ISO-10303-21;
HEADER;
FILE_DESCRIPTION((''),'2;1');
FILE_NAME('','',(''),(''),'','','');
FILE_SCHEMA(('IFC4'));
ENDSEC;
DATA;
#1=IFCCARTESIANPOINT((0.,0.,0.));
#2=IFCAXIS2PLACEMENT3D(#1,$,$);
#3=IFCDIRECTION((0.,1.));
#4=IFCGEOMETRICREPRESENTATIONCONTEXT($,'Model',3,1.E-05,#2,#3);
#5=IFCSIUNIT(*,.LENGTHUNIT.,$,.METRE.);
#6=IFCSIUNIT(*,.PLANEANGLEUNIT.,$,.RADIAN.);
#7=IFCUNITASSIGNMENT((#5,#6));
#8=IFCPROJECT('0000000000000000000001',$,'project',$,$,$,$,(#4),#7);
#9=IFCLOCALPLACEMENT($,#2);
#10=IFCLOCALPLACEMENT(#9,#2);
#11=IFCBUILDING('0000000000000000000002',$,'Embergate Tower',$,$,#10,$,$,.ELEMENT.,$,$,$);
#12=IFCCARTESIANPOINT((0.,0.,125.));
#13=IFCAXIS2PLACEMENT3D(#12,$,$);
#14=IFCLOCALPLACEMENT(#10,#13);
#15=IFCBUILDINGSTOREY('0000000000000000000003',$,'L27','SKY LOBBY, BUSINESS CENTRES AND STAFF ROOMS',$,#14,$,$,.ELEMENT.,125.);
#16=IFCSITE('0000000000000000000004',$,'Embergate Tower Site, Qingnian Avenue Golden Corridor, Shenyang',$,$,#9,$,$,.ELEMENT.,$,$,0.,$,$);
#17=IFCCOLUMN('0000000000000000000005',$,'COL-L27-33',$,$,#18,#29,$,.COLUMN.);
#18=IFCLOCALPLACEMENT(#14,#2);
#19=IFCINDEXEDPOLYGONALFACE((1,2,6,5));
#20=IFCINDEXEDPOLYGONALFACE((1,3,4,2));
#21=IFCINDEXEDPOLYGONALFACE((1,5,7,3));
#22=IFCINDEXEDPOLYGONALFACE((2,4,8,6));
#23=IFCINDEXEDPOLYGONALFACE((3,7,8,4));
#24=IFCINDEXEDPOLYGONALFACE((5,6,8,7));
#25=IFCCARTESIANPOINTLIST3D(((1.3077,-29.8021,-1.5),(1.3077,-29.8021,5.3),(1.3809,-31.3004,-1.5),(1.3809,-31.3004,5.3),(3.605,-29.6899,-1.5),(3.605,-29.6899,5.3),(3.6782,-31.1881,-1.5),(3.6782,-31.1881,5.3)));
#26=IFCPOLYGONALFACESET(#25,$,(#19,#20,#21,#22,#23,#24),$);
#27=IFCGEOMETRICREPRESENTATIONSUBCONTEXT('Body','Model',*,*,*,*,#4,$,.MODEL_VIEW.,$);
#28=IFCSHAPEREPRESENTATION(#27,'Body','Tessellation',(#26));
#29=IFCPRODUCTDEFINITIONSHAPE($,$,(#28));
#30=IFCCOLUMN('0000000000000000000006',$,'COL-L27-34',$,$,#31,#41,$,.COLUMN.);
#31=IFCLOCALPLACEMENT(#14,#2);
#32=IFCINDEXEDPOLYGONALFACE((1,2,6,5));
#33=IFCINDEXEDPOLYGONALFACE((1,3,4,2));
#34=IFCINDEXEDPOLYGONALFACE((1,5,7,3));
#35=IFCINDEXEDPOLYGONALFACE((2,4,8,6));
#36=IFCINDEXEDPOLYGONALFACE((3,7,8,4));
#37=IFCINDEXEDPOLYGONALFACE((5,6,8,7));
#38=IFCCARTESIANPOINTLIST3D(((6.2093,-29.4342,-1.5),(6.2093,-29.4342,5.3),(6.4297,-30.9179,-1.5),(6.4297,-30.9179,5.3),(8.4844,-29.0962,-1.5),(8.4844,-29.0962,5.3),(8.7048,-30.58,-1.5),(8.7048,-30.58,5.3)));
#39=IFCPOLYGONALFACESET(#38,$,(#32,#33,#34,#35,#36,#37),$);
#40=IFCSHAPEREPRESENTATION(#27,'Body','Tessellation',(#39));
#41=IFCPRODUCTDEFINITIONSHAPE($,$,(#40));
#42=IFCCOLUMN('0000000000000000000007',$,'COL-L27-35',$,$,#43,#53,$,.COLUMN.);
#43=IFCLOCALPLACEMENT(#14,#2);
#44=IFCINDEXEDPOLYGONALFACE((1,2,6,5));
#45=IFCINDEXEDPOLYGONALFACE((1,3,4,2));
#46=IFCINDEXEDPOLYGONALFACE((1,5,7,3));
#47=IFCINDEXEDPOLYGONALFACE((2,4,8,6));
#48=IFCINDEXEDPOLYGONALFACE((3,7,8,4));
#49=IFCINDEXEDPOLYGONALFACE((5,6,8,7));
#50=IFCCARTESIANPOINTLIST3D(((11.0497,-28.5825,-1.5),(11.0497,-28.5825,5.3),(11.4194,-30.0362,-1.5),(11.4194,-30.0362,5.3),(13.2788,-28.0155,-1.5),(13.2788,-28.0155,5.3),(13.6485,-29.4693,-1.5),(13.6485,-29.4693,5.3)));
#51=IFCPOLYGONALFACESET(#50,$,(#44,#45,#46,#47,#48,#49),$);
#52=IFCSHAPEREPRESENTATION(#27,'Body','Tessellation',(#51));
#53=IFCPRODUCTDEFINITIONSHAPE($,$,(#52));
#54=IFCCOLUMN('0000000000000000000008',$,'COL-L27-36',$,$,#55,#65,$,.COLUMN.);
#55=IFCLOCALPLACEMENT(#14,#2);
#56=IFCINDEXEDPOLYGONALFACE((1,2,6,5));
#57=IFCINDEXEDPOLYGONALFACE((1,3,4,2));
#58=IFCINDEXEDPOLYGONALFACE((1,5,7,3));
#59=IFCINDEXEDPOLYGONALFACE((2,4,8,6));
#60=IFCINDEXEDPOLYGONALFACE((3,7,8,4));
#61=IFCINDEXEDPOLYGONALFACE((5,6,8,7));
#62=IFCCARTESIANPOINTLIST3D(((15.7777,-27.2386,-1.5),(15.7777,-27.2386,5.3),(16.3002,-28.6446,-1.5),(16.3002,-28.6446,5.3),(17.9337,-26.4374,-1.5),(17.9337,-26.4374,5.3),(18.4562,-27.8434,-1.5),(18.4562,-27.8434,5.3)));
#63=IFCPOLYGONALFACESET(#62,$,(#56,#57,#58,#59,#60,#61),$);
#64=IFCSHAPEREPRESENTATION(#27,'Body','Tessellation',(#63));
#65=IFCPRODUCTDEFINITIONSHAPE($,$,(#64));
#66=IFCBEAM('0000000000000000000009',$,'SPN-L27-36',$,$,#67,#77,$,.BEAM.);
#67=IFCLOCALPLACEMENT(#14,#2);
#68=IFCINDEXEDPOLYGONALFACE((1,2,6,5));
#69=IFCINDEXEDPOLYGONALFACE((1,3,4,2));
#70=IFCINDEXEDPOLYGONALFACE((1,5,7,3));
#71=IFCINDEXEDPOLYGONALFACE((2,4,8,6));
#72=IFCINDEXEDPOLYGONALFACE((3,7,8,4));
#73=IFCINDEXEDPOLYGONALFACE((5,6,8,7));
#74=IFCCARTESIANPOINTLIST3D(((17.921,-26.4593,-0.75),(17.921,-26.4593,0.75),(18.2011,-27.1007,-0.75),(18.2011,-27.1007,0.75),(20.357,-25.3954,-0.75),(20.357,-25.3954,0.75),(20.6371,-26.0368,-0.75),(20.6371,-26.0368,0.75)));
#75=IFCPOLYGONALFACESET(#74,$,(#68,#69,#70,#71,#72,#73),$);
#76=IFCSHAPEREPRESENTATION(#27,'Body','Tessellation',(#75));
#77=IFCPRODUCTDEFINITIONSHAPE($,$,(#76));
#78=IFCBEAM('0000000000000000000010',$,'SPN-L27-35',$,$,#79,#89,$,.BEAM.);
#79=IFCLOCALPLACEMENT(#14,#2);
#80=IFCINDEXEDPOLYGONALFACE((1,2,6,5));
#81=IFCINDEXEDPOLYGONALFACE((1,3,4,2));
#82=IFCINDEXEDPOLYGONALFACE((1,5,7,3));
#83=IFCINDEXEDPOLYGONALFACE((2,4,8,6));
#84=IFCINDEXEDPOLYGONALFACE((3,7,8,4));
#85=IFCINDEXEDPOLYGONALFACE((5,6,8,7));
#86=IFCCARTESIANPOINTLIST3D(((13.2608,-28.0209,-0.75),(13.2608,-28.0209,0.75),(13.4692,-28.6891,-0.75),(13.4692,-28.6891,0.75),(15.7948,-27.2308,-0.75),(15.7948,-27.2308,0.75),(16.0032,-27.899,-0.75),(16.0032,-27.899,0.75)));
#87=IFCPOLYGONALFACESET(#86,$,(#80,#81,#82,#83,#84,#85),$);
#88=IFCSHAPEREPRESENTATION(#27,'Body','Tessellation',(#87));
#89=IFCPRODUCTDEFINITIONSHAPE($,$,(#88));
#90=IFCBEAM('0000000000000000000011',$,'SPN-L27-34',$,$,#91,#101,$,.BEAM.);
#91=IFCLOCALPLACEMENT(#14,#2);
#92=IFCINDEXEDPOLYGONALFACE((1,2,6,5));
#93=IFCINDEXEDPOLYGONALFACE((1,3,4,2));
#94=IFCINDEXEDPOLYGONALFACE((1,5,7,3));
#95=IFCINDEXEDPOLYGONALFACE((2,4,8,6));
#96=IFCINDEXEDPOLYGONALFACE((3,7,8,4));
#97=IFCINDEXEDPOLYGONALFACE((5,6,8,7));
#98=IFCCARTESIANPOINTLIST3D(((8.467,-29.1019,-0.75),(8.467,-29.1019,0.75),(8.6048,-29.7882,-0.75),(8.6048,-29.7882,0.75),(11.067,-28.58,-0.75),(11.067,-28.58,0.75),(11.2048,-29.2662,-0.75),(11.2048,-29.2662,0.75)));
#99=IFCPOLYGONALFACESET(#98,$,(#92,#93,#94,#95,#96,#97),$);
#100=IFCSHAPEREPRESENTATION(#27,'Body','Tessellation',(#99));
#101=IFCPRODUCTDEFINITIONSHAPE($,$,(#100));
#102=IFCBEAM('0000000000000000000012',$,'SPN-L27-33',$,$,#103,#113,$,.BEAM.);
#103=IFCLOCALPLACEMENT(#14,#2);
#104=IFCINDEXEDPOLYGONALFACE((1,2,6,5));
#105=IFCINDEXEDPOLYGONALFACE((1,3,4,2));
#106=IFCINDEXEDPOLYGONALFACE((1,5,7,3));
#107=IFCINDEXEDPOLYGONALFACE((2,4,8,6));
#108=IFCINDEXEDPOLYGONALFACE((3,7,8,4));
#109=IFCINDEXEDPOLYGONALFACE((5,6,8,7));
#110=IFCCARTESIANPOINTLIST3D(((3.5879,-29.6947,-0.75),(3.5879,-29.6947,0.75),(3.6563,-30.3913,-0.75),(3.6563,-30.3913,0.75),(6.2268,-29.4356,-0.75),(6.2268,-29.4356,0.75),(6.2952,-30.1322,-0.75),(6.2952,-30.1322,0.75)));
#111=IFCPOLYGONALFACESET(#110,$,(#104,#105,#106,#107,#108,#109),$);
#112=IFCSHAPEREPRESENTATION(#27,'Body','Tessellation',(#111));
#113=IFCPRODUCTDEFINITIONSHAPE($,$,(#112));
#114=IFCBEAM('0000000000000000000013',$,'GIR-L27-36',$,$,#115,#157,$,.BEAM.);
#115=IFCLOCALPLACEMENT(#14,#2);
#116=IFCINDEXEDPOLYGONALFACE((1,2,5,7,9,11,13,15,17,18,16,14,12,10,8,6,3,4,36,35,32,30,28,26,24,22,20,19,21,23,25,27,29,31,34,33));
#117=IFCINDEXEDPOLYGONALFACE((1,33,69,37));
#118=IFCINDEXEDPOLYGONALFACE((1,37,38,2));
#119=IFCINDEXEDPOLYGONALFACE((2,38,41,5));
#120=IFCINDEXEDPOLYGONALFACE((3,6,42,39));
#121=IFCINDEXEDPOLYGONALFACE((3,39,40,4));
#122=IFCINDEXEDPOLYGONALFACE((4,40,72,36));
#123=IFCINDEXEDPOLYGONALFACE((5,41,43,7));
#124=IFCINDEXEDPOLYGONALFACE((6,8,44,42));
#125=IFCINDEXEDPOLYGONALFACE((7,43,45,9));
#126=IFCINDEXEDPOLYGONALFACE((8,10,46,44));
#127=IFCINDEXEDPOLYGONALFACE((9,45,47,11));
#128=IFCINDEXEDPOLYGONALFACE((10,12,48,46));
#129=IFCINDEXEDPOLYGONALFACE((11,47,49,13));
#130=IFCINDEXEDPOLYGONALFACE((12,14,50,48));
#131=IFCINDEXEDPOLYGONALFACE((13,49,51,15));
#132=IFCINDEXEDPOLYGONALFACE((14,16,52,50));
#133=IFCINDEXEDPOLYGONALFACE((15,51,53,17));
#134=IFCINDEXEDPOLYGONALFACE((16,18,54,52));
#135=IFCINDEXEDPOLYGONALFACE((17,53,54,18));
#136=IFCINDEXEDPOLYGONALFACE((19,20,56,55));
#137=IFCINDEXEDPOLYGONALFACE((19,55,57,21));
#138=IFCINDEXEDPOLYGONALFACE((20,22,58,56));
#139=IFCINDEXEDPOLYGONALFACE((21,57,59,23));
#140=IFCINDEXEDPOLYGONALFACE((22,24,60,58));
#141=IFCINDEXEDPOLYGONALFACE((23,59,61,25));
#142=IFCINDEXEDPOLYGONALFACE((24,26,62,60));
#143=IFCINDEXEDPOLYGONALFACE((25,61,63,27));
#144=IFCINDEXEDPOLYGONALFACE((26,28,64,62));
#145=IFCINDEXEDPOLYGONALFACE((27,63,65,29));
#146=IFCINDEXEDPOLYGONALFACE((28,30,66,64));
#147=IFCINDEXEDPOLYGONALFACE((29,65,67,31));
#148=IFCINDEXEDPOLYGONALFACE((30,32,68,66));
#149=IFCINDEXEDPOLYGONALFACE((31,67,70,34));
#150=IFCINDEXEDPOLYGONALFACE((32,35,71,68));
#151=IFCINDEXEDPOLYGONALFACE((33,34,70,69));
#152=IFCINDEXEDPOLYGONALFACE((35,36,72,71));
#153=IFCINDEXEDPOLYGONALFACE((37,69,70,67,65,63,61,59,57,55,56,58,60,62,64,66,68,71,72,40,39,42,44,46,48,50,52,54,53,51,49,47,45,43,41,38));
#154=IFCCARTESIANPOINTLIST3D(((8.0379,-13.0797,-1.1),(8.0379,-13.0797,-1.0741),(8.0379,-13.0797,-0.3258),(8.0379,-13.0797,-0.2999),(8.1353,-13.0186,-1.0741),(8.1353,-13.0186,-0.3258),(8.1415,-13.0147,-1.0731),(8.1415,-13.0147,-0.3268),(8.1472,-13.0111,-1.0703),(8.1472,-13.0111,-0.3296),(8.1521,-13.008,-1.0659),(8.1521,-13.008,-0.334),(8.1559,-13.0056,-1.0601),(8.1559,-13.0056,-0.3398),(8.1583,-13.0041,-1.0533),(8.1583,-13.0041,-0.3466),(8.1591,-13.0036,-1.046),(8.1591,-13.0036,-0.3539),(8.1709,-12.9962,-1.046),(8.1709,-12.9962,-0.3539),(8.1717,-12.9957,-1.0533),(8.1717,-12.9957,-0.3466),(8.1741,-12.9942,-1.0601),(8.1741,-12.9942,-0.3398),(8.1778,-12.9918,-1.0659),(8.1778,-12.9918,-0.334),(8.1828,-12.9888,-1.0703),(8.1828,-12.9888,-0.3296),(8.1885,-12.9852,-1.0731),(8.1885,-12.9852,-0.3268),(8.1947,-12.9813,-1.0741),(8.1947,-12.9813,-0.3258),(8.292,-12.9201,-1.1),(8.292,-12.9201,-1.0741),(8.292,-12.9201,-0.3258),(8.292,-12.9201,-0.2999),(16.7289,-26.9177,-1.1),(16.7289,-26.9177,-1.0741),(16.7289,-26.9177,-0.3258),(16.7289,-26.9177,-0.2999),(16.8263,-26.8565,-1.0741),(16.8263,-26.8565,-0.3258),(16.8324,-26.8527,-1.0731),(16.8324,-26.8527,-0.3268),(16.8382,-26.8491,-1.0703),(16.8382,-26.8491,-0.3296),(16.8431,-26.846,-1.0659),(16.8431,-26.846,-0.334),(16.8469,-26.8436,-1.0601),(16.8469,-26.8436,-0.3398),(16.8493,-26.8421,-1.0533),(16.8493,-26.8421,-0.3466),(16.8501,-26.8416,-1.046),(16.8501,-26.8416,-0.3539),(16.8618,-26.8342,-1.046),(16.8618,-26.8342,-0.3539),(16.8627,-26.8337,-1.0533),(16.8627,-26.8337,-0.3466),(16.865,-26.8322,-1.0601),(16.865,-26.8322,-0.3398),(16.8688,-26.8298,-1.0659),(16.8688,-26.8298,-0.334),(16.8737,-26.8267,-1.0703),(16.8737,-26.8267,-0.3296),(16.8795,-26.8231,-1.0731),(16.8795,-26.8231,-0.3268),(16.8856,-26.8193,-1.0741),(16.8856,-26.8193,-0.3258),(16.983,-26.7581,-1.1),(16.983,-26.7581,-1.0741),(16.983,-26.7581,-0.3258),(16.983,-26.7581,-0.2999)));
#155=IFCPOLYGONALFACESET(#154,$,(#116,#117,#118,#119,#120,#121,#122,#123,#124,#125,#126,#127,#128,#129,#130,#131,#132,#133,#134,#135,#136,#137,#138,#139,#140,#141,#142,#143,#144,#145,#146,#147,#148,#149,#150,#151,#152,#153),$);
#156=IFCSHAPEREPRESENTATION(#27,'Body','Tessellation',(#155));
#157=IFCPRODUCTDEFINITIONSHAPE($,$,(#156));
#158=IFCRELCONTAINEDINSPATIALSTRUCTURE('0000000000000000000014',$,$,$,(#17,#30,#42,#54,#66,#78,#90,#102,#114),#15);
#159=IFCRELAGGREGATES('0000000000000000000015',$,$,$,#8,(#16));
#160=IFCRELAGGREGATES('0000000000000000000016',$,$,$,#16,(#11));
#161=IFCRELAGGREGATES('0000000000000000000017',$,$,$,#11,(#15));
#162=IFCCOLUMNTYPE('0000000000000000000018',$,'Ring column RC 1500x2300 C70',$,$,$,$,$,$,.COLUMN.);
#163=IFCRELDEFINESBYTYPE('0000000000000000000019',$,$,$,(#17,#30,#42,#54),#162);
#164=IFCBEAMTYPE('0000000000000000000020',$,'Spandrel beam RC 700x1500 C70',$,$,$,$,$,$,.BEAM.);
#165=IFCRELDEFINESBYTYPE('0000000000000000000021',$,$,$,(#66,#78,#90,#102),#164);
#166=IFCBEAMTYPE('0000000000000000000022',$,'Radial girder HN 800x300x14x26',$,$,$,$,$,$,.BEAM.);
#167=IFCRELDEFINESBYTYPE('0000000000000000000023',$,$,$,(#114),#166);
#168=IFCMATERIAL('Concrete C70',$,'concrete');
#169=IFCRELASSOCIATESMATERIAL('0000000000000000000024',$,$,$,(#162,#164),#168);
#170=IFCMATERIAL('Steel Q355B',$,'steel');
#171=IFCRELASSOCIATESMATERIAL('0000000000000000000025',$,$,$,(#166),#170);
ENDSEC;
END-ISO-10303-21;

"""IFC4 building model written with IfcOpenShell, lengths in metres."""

from ifc_helpers import new_model, si_unit, direction, frame, origin, origin_2d, place, context, subcontext, project, spatial, rectangle, i_section, extrude, source, transform, mapped, material, material_profile, profile_set, type_object, element, save


model = new_model("IFC4")

# Units and contexts
model_context = context("Model", 3, precision=1e-05, world=origin(), true_north=direction((0.0, 1.0)))
body_context = subcontext(model_context, "Body", "Model", "MODEL_VIEW")
ifc_project = project(units=[si_unit("LENGTHUNIT", "METRE"), si_unit("PLANEANGLEUNIT", "RADIAN")], contexts=[model_context])

# Site, building, storey
site_placement = place(None, origin())
site = spatial("IfcSite", under=ifc_project, at=site_placement, Name="Embergate Tower Site, Qingnian Avenue Golden Corridor, Shenyang", CompositionType="ELEMENT", RefElevation=0.0)
building_placement = place(site_placement, origin())
building = spatial("IfcBuilding", under=site, at=building_placement, Name="Embergate Tower", CompositionType="ELEMENT")
storey_placement = place(building_placement, frame((0.0, 0.0, 125.0)))
storey = spatial("IfcBuildingStorey", under=building, at=storey_placement, Name="L27", Description="SKY LOBBY, BUSINESS CENTRES AND STAFF ROOMS", CompositionType="ELEMENT", Elevation=125.0)

# Columns
ifc_material_1 = material(Name="Concrete C70", Category="concrete")
ifc_material_profile_1 = material_profile(ifc_material_1, rectangle(XDim=1.5, YDim=2.3, at=origin_2d()), Name="RC 1500x2300")
ifc_profile_set_1 = profile_set([ifc_material_profile_1], Name="Concrete C70")
column_type = type_object("IfcColumnType", Name="Ring column RC 1500x2300 C70", PredefinedType="COLUMN", material=ifc_profile_set_1)
shared_shape_1 = source(origin(), body_context, "Body", "SweptSolid", [
    extrude(rectangle(XDim=1.5, YDim=2.3, at=origin_2d()), origin(), (0.0, 0.0, 1.0), 6.8),
])
for number, where, z_axis, x_axis, name in (
    (1, (2.4929, -30.4951, -1.5), (0.0, 0.0, 1.0), (0.048815, -0.998808, 0.0), "COL-L27-33"),
    (2, (7.457, -30.0071, -1.5), (0.0, 0.0, 1.0), (0.146929, -0.989147, 0.0), "COL-L27-34"),
    (3, (12.3491, -29.0259, -1.5), (0.0, 0.0, 1.0), (0.246492, -0.969145, 0.0), "COL-L27-35"),
    (4, (17.1169, -27.541, -1.5), (0.0, 0.0, 1.0), (0.348343, -0.937367, 0.0), "COL-L27-36"),
):
    element("IfcColumn", number, at=place(storey_placement, frame(where, z_axis=z_axis, x_axis=x_axis)), inside=storey, type_object=column_type, Name=name, PredefinedType="COLUMN", context=body_context, shape_type="MappedRepresentation", body=[
        mapped(shared_shape_1, transform((0.0, 0.0, 0.0))),
    ])

# Beams
ifc_material_profile_2 = material_profile(ifc_material_1, rectangle(XDim=0.7, YDim=1.5, at=origin_2d()), Name="RC 700x1500")
ifc_profile_set_2 = profile_set([ifc_material_profile_2], Name="Concrete C70")
beam_type_1 = type_object("IfcBeamType", Name="Spandrel beam RC 700x1500 C70", PredefinedType="BEAM", material=ifc_profile_set_2)
shared_shape_2 = source(origin(), body_context, "Body", "SweptSolid", [
    extrude(rectangle(XDim=0.7, YDim=1.5, at=origin_2d()), origin(), (0.0, 0.0, 1.0), 2.6582),
])
beam_1_placement = place(storey_placement, frame((18.061, -26.78, 0.0), z_axis=(0.916406, 0.40025, 0.0), x_axis=(-0.40025, 0.916406, 0.0)))
element("IfcBeam", 5, at=beam_1_placement, inside=storey, type_object=beam_type_1, Name="SPN-L27-36", PredefinedType="BEAM", context=body_context, shape_type="MappedRepresentation", body=[
    mapped(shared_shape_2, transform((0.0, 0.0, 0.0))),
])
shared_shape_3 = source(origin(), body_context, "Body", "SweptSolid", [
    extrude(rectangle(XDim=0.7, YDim=1.5, at=origin_2d()), origin(), (0.0, 0.0, 1.0), 2.6543),
])
beam_2_placement = place(storey_placement, frame((13.365, -28.355, 0.0), z_axis=(0.954675, 0.297652, 0.0), x_axis=(-0.297652, 0.954675, 0.0)))
element("IfcBeam", 6, at=beam_2_placement, inside=storey, type_object=beam_type_1, Name="SPN-L27-35", PredefinedType="BEAM", context=body_context, shape_type="MappedRepresentation", body=[
    mapped(shared_shape_3, transform((0.0, 0.0, 0.0))),
])
shared_shape_4 = source(origin(), body_context, "Body", "SweptSolid", [
    extrude(rectangle(XDim=0.7, YDim=1.5, at=origin_2d()), origin(), (0.0, 0.0, 1.0), 2.6519),
])
beam_3_placement = place(storey_placement, frame((8.5359, -29.4451, 0.0), z_axis=(0.980439, 0.196824, 0.0), x_axis=(-0.196824, 0.980439, 0.0)))
element("IfcBeam", 7, at=beam_3_placement, inside=storey, type_object=beam_type_1, Name="SPN-L27-34", PredefinedType="BEAM", context=body_context, shape_type="MappedRepresentation", body=[
    mapped(shared_shape_4, transform((0.0, 0.0, 0.0))),
])
shared_shape_5 = source(origin(), body_context, "Body", "SweptSolid", [
    extrude(rectangle(XDim=0.7, YDim=1.5, at=origin_2d()), origin(), (0.0, 0.0, 1.0), 2.6516),
])
beam_4_placement = place(storey_placement, frame((3.6221, -30.043, 0.0), z_axis=(0.995217, 0.097689, 0.0), x_axis=(-0.097689, 0.995217, 0.0)))
element("IfcBeam", 8, at=beam_4_placement, inside=storey, type_object=beam_type_1, Name="SPN-L27-33", PredefinedType="BEAM", context=body_context, shape_type="MappedRepresentation", body=[
    mapped(shared_shape_5, transform((0.0, 0.0, 0.0))),
])
ifc_material_2 = material(Name="Steel Q355B", Category="steel")
ifc_material_profile_3 = material_profile(ifc_material_2, i_section(OverallWidth=0.3, OverallDepth=0.8, WebThickness=0.0139, FlangeThickness=0.0259, FilletRadius=0.0281, at=origin_2d()), Name="HN 800x300x14x26")
ifc_profile_set_3 = profile_set([ifc_material_profile_3], Name="Steel Q355 grade B")
beam_type_2 = type_object("IfcBeamType", Name="Radial girder HN 800x300x14x26", PredefinedType="BEAM", material=ifc_profile_set_3)
shared_shape_6 = source(origin(), body_context, "Body", "SweptSolid", [
    extrude(i_section(OverallWidth=0.3, OverallDepth=0.8, WebThickness=0.0139, FlangeThickness=0.0259, FilletRadius=0.0281, at=origin_2d()), origin(), (0.0, 0.0, 1.0), 16.3408),
])
beam_5_placement = place(storey_placement, frame((16.856, -26.8379, -0.7), z_axis=(-0.531856, 0.846835, 0.0), x_axis=(-0.846835, -0.531856, 0.0)))
element("IfcBeam", 9, at=beam_5_placement, inside=storey, type_object=beam_type_2, Name="GIR-L27-36", PredefinedType="BEAM", context=body_context, shape_type="MappedRepresentation", body=[
    mapped(shared_shape_6, transform((0.0, 0.0, 0.0))),
])

save(model, "model.ifc")
